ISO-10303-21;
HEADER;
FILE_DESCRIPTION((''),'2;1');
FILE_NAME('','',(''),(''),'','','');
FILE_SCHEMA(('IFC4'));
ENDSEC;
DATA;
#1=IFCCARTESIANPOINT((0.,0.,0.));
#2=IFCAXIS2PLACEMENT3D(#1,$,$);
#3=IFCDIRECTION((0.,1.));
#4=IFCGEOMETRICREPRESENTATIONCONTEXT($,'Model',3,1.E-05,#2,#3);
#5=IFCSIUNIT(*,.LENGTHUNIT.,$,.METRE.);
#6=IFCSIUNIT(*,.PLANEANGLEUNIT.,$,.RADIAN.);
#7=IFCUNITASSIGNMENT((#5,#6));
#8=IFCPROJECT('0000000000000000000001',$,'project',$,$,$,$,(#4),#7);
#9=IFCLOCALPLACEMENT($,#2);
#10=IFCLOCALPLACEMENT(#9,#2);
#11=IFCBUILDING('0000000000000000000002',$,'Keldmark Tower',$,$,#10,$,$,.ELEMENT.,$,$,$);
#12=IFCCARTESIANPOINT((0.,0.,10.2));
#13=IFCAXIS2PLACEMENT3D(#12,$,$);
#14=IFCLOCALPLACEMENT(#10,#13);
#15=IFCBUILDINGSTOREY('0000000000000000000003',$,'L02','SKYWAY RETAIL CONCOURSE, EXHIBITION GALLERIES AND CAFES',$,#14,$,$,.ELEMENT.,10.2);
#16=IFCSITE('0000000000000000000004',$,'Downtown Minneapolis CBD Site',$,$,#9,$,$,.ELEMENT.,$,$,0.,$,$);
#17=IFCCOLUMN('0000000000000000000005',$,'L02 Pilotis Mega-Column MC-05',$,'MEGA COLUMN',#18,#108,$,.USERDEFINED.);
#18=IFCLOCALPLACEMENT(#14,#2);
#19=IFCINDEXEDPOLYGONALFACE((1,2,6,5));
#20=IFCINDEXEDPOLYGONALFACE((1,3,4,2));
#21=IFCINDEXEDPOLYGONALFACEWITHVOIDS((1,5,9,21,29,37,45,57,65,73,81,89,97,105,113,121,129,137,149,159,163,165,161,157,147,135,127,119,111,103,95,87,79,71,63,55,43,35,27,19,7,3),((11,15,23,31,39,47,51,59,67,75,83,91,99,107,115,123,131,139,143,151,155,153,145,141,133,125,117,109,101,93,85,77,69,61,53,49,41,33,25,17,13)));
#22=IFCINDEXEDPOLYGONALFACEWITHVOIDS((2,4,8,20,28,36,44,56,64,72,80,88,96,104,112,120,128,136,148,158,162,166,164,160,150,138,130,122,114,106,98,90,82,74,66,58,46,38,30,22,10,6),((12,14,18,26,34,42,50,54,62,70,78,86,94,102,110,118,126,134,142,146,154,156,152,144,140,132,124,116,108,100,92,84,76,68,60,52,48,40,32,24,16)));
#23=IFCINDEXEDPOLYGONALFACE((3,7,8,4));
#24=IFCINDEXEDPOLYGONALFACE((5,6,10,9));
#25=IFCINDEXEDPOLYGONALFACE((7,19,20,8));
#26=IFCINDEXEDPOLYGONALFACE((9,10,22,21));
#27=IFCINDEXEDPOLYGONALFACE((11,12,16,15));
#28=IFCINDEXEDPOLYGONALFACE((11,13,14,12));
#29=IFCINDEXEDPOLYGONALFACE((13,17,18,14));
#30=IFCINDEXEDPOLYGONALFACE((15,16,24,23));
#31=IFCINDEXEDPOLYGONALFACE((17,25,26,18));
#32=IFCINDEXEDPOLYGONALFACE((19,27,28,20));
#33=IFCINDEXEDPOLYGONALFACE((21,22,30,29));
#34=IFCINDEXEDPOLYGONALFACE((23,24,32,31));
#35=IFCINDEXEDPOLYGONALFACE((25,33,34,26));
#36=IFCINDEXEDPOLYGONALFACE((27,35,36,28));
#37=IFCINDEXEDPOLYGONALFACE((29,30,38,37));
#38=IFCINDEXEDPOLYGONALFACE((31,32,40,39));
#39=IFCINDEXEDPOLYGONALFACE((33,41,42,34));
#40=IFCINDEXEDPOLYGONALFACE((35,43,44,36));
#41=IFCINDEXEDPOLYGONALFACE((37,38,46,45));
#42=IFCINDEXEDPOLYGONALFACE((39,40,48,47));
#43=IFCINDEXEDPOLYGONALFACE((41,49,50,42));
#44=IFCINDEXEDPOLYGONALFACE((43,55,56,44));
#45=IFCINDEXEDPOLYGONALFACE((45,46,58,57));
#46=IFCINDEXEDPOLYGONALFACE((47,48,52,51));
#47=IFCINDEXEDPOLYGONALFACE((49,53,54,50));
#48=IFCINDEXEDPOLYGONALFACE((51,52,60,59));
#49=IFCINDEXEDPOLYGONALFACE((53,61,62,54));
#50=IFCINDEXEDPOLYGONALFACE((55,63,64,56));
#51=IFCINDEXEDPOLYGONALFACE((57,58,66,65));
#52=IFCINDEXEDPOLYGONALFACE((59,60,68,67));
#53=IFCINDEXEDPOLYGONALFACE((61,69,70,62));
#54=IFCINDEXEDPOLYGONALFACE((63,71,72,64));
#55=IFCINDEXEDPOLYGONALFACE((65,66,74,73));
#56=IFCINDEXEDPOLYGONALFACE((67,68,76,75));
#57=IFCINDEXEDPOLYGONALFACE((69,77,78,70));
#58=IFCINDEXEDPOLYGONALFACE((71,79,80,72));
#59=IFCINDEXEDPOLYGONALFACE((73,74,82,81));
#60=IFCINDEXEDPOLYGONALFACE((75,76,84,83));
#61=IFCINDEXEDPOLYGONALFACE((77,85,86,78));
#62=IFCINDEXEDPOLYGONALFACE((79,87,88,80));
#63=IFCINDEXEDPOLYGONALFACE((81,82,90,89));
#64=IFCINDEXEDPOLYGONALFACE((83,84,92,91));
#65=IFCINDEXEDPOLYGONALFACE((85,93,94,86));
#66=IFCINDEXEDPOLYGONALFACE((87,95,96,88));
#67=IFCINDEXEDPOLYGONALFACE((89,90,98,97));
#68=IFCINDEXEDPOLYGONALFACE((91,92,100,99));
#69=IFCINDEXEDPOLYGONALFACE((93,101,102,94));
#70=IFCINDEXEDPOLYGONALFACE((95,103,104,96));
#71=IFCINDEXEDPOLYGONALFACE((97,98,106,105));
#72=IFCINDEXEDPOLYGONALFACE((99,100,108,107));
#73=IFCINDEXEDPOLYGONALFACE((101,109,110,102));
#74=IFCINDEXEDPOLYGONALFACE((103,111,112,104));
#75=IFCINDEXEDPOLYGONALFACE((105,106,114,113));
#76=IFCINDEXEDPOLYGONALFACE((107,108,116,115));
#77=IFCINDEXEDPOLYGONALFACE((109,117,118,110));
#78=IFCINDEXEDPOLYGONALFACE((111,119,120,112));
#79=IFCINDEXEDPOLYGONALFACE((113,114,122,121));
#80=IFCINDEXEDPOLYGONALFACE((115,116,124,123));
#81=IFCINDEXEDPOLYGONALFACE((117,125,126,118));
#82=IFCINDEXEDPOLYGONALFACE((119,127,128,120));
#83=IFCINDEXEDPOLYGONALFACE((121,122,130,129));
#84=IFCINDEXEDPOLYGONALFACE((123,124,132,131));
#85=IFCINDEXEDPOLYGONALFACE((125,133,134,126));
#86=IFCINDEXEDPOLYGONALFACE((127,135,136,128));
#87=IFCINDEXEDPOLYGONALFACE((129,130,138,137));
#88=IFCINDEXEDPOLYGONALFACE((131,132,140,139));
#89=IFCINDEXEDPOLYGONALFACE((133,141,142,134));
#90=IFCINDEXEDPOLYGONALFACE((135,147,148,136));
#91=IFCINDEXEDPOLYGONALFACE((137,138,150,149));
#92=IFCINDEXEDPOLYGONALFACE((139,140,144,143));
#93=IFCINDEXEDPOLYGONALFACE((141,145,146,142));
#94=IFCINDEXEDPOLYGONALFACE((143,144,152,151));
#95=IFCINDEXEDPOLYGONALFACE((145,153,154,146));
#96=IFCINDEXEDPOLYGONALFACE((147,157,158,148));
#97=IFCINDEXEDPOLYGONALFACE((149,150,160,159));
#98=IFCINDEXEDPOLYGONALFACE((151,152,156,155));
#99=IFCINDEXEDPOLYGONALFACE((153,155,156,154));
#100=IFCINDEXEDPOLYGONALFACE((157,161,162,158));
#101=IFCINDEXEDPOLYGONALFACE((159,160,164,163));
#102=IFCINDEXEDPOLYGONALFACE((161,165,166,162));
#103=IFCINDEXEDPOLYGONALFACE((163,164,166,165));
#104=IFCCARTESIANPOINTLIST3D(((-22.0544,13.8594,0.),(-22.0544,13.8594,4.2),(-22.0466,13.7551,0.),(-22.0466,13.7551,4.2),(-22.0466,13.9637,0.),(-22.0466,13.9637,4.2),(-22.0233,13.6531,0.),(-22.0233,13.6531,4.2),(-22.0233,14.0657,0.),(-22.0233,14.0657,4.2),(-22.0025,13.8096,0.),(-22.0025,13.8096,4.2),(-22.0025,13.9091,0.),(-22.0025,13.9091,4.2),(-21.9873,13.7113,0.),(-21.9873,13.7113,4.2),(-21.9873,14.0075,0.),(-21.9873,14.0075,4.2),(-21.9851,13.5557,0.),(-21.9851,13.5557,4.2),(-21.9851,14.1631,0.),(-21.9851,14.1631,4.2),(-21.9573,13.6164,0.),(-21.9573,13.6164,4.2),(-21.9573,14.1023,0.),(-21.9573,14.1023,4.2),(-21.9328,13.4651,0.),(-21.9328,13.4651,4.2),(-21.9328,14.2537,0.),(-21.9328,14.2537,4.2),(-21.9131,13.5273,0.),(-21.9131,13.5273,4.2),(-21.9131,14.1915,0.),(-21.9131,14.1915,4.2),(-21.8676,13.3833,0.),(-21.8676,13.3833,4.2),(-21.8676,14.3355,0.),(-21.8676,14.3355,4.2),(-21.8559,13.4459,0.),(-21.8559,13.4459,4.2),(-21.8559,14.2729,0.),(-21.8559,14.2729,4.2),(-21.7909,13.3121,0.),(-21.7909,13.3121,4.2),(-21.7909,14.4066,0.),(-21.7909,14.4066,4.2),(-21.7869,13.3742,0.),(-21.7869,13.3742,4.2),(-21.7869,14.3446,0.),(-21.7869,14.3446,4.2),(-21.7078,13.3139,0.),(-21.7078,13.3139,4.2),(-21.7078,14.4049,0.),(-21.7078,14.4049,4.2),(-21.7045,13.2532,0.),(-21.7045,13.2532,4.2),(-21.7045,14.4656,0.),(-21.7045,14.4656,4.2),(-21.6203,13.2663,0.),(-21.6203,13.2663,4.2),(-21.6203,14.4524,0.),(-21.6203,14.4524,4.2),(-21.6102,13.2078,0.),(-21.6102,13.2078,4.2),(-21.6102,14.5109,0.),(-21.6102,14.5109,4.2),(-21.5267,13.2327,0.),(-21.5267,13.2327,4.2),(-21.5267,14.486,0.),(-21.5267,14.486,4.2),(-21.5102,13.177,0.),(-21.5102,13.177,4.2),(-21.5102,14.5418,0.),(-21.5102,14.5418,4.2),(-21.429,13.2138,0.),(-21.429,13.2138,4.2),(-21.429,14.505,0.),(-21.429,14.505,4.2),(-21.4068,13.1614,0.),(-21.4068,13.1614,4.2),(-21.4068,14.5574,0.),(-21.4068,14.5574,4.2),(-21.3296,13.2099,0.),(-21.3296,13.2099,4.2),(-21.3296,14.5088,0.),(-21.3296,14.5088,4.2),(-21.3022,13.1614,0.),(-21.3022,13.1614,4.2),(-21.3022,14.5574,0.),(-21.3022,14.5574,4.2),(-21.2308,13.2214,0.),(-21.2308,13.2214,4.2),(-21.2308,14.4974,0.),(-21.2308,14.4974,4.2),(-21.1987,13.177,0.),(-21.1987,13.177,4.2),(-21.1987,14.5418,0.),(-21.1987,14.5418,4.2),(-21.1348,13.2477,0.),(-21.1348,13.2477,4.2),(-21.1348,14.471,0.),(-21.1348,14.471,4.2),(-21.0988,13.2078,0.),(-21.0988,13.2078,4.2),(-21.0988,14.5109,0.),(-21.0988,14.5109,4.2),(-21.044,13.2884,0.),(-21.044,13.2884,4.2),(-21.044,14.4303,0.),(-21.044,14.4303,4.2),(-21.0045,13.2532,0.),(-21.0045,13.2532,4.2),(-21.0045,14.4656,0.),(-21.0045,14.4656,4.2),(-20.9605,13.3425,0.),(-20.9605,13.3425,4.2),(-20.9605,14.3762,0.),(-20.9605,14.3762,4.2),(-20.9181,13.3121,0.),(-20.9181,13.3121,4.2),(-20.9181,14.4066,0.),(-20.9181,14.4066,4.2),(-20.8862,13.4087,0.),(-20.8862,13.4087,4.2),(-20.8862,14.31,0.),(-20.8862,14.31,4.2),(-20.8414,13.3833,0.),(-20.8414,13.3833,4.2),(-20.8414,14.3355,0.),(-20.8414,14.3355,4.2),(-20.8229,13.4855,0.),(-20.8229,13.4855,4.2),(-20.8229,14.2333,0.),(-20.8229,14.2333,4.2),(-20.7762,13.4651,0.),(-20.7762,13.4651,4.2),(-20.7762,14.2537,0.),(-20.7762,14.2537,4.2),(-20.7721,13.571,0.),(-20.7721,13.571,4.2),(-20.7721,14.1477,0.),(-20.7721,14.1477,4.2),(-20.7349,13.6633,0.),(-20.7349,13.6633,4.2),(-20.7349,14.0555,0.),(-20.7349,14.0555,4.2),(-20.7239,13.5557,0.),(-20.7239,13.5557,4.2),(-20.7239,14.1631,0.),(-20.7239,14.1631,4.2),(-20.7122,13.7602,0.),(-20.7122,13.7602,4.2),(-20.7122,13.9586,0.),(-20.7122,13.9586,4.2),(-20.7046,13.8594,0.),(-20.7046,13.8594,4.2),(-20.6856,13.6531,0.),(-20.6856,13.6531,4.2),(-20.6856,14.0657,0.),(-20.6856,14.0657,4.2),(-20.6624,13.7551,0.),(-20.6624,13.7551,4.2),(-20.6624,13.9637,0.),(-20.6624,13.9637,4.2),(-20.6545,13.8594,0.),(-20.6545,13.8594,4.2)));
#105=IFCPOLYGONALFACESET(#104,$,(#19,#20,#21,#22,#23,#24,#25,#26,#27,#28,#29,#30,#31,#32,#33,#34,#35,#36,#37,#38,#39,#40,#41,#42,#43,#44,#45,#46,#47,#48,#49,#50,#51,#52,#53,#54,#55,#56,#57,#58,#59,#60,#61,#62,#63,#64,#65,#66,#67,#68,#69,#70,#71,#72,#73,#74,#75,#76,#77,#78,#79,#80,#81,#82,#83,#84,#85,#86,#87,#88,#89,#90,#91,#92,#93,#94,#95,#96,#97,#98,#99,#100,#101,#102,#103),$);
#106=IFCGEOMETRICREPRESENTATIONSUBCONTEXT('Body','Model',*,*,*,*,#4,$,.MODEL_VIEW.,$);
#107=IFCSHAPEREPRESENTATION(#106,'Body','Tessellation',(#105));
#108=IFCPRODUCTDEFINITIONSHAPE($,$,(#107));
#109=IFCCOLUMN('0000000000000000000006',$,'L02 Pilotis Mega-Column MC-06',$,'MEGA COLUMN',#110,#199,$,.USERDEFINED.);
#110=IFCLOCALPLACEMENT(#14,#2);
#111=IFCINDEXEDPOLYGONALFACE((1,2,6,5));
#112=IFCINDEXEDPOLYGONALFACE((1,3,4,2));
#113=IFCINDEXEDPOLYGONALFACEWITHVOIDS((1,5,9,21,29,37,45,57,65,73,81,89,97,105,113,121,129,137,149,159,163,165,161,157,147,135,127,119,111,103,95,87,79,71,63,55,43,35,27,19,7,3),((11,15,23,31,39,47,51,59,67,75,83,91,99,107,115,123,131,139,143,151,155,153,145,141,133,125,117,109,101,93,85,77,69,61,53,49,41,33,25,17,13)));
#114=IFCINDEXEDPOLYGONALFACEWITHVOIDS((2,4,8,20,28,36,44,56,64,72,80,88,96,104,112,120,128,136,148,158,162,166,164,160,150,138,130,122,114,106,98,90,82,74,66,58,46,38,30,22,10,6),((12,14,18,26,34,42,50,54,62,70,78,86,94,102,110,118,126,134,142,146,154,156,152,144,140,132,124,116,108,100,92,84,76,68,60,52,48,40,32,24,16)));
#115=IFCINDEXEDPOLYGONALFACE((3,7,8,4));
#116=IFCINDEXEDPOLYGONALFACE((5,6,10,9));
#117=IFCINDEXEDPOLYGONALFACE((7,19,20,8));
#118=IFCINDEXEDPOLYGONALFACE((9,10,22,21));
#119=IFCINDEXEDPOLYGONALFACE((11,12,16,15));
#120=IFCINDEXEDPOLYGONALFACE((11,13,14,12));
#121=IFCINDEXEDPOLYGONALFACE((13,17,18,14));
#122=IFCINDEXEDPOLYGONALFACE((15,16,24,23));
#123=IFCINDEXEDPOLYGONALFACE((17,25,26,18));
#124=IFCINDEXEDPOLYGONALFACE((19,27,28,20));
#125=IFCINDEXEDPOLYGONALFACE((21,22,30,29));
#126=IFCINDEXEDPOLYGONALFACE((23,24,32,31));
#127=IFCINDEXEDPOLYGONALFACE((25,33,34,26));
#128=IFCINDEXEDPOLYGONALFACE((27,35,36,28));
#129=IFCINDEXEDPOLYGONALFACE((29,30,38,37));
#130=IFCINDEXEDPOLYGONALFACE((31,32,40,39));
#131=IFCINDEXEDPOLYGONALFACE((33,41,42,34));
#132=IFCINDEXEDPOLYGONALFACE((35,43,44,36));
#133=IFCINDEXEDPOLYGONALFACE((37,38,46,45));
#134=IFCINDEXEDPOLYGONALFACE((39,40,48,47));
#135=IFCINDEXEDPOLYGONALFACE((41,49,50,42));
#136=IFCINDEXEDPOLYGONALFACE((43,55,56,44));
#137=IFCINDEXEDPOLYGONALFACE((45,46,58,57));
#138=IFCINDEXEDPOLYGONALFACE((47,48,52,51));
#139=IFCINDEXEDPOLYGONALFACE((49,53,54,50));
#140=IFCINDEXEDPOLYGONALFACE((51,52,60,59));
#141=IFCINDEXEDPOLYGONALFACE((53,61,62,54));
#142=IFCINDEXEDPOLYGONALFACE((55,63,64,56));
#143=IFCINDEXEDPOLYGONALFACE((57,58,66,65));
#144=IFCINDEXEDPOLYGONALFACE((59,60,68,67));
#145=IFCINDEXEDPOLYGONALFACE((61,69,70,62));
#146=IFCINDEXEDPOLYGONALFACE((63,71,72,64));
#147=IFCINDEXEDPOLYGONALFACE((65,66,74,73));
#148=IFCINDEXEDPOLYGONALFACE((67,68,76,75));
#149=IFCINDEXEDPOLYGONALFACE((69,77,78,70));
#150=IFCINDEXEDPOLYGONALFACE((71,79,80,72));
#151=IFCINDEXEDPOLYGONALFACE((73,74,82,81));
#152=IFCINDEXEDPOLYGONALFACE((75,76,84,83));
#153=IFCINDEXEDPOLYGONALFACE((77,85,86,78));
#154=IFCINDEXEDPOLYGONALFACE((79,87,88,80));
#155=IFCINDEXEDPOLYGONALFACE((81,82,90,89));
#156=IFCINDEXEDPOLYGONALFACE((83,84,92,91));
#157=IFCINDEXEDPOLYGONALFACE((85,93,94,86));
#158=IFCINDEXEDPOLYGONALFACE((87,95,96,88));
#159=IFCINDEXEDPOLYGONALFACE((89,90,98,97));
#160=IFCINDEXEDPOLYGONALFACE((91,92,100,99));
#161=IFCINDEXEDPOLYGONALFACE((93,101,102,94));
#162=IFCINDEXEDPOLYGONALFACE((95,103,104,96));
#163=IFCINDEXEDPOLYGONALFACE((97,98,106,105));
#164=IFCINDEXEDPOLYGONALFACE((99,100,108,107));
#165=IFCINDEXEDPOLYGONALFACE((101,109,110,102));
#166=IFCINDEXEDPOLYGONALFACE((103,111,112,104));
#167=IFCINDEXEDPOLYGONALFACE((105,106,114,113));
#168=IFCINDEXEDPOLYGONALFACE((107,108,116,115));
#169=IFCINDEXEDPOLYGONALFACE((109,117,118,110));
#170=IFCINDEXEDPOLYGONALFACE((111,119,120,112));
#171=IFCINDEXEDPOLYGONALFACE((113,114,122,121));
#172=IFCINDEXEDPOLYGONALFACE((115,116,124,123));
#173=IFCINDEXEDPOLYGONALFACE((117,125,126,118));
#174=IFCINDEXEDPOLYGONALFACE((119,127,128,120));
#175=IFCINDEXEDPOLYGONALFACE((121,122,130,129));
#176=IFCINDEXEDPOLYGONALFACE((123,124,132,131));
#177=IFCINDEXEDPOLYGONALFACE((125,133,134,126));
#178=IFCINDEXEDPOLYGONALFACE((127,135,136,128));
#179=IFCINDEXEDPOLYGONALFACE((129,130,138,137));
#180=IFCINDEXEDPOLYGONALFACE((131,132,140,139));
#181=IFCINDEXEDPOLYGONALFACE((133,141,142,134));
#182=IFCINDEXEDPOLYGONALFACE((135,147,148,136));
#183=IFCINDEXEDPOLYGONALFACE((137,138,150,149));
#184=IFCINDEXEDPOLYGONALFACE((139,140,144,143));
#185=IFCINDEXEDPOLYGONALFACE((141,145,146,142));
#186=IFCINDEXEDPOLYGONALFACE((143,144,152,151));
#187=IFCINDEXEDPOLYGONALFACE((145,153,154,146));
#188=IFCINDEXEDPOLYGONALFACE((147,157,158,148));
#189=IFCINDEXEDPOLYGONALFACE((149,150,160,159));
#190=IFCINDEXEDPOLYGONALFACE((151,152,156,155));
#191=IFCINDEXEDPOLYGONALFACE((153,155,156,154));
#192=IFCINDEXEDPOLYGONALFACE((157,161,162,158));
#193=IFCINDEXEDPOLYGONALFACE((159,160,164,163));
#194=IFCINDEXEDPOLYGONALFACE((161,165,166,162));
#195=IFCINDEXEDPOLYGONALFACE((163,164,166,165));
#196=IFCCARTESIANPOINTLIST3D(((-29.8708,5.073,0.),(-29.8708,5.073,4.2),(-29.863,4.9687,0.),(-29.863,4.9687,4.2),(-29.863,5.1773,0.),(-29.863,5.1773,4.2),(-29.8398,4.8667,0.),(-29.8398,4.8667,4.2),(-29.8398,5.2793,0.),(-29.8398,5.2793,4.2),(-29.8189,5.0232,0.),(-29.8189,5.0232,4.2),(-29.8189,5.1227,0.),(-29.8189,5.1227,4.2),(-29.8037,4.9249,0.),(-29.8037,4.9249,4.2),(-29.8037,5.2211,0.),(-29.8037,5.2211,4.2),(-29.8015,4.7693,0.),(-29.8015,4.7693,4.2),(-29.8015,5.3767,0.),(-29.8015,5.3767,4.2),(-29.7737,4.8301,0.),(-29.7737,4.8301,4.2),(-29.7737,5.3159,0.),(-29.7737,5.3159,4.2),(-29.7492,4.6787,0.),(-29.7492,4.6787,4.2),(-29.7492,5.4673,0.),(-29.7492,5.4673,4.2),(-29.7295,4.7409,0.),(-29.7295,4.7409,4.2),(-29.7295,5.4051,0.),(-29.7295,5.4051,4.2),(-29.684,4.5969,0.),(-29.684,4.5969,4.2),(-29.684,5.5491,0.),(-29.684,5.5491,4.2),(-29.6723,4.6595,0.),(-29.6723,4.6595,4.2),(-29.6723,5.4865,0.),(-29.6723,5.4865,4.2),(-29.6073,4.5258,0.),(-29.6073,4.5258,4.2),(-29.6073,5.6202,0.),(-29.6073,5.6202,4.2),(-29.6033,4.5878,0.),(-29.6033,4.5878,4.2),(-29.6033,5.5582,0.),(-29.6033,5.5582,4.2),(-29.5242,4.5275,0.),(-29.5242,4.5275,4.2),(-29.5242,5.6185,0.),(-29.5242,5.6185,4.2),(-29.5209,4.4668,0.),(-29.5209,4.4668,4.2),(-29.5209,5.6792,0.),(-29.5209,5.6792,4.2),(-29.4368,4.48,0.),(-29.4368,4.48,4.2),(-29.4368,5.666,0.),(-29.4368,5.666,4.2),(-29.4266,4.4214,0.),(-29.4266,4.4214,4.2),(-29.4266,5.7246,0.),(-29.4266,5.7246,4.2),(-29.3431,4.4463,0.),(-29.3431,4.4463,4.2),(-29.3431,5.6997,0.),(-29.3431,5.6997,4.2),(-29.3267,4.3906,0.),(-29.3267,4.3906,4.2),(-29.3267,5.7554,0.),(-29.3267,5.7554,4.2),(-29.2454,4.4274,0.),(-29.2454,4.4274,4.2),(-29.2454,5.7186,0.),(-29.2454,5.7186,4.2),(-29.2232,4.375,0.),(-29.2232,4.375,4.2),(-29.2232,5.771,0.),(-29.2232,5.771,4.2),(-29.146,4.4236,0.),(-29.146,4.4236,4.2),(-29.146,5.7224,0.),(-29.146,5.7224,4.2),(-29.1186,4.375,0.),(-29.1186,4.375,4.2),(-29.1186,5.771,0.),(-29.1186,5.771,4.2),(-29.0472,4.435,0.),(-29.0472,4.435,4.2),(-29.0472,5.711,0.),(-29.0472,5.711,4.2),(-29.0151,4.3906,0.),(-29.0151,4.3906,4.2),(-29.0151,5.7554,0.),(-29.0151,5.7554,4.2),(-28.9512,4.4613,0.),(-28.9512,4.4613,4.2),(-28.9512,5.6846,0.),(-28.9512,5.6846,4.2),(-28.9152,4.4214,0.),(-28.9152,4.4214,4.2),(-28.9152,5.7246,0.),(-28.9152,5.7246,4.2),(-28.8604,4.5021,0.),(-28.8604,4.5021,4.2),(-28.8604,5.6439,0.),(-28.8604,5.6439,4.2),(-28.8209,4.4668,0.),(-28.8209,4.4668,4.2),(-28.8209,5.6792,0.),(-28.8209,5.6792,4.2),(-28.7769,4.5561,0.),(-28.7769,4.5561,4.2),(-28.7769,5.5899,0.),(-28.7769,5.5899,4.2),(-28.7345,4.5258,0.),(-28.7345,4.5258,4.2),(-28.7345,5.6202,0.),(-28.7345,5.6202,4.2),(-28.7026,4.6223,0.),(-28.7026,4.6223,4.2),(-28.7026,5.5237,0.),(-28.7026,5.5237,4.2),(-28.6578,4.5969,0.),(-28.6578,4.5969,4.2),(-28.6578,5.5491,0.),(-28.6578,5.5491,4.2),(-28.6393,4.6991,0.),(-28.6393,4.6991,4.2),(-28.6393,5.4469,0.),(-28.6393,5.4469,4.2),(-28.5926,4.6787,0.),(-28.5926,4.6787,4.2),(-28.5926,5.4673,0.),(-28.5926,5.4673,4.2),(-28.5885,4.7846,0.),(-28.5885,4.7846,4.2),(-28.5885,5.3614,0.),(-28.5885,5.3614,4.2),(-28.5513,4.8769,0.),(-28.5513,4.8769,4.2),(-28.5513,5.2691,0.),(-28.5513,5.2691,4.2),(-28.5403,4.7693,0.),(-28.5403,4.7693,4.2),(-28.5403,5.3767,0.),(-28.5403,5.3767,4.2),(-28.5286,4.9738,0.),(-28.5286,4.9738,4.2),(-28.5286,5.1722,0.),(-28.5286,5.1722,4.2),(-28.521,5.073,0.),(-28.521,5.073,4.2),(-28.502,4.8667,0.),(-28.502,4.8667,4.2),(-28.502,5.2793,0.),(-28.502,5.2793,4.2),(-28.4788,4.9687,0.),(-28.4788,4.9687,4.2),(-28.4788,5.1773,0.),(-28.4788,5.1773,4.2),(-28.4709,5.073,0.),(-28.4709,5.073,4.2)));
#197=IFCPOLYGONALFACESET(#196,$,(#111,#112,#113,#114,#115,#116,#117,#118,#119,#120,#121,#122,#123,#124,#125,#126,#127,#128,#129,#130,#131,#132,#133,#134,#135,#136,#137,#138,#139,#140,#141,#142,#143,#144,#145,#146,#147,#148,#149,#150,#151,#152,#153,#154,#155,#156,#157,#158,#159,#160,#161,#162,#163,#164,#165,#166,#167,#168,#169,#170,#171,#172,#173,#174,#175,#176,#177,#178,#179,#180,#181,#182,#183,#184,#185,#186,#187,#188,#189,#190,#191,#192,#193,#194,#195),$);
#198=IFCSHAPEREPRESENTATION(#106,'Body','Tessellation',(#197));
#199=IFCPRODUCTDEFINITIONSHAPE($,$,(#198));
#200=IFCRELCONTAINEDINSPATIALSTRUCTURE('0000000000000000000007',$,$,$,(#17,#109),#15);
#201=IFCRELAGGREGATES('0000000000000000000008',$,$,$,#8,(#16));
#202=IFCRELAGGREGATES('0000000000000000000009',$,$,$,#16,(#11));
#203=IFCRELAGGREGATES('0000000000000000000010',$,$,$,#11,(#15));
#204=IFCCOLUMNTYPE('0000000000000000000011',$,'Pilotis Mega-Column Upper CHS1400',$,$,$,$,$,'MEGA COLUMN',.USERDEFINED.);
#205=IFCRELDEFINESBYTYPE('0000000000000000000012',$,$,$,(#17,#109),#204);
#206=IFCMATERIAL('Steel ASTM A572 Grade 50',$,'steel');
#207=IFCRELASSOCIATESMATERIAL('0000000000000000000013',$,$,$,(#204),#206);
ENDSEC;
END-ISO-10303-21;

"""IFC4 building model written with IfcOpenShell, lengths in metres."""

from ifc_helpers import new_model, si_unit, direction, frame, origin, origin_2d, place, context, subcontext, project, spatial, hollow_circle, extrude, material, material_profile, profile_set, type_object, element, save


model = new_model("IFC4")

# Units and contexts
model_context = context("Model", 3, precision=1e-05, world=origin(), true_north=direction((0.0, 1.0)))
body_context = subcontext(model_context, "Body", "Model", "MODEL_VIEW")
ifc_project = project(units=[si_unit("LENGTHUNIT", "METRE"), si_unit("PLANEANGLEUNIT", "RADIAN")], contexts=[model_context])

# Site, building, storey
site_placement = place(None, origin())
site = spatial("IfcSite", under=ifc_project, at=site_placement, Name="Downtown Minneapolis CBD Site", CompositionType="ELEMENT", RefElevation=0.0)
building_placement = place(site_placement, origin())
building = spatial("IfcBuilding", under=site, at=building_placement, Name="Keldmark Tower", CompositionType="ELEMENT")
storey_placement = place(building_placement, frame((0.0, 0.0, 10.2)))
storey = spatial("IfcBuildingStorey", under=building, at=storey_placement, Name="L02", Description="SKYWAY RETAIL CONCOURSE, EXHIBITION GALLERIES AND CAFES", CompositionType="ELEMENT", Elevation=10.2)

# Columns
ifc_material_1 = material(Name="Steel ASTM A572 Grade 50", Category="steel")
ifc_material_profile_1 = material_profile(ifc_material_1, hollow_circle(Radius=0.7, WallThickness=0.05, at=origin_2d()), Name="CHS1400X50")
ifc_profile_set_1 = profile_set([ifc_material_profile_1], Name="Steel ASTM A572 Grade 50")
column_type = type_object("IfcColumnType", Name="Pilotis Mega-Column Upper CHS1400", ElementType="MEGA COLUMN", PredefinedType="USERDEFINED", material=ifc_profile_set_1)
for number, where, z_axis, x_axis, name in (
    (1, (-21.3545, 13.8594, 0.0), (0.0, 0.0, 1.0), (1.0, 0.0, 0.0), "L02 Pilotis Mega-Column MC-05"),
    (2, (-29.1709, 5.073, 0.0), (0.0, 0.0, 1.0), (1.0, 0.0, 0.0), "L02 Pilotis Mega-Column MC-06"),
):
    element("IfcColumn", number, at=place(storey_placement, frame(where, z_axis=z_axis, x_axis=x_axis)), inside=storey, type_object=column_type, Name=name, ObjectType="MEGA COLUMN", PredefinedType="USERDEFINED", context=body_context, shape_type="SweptSolid", body=[
        extrude(hollow_circle(Radius=0.7, WallThickness=0.05, at=origin_2d()), origin(), (0.0, 0.0, 1.0), 4.2),
    ])

save(model, "model.ifc")
